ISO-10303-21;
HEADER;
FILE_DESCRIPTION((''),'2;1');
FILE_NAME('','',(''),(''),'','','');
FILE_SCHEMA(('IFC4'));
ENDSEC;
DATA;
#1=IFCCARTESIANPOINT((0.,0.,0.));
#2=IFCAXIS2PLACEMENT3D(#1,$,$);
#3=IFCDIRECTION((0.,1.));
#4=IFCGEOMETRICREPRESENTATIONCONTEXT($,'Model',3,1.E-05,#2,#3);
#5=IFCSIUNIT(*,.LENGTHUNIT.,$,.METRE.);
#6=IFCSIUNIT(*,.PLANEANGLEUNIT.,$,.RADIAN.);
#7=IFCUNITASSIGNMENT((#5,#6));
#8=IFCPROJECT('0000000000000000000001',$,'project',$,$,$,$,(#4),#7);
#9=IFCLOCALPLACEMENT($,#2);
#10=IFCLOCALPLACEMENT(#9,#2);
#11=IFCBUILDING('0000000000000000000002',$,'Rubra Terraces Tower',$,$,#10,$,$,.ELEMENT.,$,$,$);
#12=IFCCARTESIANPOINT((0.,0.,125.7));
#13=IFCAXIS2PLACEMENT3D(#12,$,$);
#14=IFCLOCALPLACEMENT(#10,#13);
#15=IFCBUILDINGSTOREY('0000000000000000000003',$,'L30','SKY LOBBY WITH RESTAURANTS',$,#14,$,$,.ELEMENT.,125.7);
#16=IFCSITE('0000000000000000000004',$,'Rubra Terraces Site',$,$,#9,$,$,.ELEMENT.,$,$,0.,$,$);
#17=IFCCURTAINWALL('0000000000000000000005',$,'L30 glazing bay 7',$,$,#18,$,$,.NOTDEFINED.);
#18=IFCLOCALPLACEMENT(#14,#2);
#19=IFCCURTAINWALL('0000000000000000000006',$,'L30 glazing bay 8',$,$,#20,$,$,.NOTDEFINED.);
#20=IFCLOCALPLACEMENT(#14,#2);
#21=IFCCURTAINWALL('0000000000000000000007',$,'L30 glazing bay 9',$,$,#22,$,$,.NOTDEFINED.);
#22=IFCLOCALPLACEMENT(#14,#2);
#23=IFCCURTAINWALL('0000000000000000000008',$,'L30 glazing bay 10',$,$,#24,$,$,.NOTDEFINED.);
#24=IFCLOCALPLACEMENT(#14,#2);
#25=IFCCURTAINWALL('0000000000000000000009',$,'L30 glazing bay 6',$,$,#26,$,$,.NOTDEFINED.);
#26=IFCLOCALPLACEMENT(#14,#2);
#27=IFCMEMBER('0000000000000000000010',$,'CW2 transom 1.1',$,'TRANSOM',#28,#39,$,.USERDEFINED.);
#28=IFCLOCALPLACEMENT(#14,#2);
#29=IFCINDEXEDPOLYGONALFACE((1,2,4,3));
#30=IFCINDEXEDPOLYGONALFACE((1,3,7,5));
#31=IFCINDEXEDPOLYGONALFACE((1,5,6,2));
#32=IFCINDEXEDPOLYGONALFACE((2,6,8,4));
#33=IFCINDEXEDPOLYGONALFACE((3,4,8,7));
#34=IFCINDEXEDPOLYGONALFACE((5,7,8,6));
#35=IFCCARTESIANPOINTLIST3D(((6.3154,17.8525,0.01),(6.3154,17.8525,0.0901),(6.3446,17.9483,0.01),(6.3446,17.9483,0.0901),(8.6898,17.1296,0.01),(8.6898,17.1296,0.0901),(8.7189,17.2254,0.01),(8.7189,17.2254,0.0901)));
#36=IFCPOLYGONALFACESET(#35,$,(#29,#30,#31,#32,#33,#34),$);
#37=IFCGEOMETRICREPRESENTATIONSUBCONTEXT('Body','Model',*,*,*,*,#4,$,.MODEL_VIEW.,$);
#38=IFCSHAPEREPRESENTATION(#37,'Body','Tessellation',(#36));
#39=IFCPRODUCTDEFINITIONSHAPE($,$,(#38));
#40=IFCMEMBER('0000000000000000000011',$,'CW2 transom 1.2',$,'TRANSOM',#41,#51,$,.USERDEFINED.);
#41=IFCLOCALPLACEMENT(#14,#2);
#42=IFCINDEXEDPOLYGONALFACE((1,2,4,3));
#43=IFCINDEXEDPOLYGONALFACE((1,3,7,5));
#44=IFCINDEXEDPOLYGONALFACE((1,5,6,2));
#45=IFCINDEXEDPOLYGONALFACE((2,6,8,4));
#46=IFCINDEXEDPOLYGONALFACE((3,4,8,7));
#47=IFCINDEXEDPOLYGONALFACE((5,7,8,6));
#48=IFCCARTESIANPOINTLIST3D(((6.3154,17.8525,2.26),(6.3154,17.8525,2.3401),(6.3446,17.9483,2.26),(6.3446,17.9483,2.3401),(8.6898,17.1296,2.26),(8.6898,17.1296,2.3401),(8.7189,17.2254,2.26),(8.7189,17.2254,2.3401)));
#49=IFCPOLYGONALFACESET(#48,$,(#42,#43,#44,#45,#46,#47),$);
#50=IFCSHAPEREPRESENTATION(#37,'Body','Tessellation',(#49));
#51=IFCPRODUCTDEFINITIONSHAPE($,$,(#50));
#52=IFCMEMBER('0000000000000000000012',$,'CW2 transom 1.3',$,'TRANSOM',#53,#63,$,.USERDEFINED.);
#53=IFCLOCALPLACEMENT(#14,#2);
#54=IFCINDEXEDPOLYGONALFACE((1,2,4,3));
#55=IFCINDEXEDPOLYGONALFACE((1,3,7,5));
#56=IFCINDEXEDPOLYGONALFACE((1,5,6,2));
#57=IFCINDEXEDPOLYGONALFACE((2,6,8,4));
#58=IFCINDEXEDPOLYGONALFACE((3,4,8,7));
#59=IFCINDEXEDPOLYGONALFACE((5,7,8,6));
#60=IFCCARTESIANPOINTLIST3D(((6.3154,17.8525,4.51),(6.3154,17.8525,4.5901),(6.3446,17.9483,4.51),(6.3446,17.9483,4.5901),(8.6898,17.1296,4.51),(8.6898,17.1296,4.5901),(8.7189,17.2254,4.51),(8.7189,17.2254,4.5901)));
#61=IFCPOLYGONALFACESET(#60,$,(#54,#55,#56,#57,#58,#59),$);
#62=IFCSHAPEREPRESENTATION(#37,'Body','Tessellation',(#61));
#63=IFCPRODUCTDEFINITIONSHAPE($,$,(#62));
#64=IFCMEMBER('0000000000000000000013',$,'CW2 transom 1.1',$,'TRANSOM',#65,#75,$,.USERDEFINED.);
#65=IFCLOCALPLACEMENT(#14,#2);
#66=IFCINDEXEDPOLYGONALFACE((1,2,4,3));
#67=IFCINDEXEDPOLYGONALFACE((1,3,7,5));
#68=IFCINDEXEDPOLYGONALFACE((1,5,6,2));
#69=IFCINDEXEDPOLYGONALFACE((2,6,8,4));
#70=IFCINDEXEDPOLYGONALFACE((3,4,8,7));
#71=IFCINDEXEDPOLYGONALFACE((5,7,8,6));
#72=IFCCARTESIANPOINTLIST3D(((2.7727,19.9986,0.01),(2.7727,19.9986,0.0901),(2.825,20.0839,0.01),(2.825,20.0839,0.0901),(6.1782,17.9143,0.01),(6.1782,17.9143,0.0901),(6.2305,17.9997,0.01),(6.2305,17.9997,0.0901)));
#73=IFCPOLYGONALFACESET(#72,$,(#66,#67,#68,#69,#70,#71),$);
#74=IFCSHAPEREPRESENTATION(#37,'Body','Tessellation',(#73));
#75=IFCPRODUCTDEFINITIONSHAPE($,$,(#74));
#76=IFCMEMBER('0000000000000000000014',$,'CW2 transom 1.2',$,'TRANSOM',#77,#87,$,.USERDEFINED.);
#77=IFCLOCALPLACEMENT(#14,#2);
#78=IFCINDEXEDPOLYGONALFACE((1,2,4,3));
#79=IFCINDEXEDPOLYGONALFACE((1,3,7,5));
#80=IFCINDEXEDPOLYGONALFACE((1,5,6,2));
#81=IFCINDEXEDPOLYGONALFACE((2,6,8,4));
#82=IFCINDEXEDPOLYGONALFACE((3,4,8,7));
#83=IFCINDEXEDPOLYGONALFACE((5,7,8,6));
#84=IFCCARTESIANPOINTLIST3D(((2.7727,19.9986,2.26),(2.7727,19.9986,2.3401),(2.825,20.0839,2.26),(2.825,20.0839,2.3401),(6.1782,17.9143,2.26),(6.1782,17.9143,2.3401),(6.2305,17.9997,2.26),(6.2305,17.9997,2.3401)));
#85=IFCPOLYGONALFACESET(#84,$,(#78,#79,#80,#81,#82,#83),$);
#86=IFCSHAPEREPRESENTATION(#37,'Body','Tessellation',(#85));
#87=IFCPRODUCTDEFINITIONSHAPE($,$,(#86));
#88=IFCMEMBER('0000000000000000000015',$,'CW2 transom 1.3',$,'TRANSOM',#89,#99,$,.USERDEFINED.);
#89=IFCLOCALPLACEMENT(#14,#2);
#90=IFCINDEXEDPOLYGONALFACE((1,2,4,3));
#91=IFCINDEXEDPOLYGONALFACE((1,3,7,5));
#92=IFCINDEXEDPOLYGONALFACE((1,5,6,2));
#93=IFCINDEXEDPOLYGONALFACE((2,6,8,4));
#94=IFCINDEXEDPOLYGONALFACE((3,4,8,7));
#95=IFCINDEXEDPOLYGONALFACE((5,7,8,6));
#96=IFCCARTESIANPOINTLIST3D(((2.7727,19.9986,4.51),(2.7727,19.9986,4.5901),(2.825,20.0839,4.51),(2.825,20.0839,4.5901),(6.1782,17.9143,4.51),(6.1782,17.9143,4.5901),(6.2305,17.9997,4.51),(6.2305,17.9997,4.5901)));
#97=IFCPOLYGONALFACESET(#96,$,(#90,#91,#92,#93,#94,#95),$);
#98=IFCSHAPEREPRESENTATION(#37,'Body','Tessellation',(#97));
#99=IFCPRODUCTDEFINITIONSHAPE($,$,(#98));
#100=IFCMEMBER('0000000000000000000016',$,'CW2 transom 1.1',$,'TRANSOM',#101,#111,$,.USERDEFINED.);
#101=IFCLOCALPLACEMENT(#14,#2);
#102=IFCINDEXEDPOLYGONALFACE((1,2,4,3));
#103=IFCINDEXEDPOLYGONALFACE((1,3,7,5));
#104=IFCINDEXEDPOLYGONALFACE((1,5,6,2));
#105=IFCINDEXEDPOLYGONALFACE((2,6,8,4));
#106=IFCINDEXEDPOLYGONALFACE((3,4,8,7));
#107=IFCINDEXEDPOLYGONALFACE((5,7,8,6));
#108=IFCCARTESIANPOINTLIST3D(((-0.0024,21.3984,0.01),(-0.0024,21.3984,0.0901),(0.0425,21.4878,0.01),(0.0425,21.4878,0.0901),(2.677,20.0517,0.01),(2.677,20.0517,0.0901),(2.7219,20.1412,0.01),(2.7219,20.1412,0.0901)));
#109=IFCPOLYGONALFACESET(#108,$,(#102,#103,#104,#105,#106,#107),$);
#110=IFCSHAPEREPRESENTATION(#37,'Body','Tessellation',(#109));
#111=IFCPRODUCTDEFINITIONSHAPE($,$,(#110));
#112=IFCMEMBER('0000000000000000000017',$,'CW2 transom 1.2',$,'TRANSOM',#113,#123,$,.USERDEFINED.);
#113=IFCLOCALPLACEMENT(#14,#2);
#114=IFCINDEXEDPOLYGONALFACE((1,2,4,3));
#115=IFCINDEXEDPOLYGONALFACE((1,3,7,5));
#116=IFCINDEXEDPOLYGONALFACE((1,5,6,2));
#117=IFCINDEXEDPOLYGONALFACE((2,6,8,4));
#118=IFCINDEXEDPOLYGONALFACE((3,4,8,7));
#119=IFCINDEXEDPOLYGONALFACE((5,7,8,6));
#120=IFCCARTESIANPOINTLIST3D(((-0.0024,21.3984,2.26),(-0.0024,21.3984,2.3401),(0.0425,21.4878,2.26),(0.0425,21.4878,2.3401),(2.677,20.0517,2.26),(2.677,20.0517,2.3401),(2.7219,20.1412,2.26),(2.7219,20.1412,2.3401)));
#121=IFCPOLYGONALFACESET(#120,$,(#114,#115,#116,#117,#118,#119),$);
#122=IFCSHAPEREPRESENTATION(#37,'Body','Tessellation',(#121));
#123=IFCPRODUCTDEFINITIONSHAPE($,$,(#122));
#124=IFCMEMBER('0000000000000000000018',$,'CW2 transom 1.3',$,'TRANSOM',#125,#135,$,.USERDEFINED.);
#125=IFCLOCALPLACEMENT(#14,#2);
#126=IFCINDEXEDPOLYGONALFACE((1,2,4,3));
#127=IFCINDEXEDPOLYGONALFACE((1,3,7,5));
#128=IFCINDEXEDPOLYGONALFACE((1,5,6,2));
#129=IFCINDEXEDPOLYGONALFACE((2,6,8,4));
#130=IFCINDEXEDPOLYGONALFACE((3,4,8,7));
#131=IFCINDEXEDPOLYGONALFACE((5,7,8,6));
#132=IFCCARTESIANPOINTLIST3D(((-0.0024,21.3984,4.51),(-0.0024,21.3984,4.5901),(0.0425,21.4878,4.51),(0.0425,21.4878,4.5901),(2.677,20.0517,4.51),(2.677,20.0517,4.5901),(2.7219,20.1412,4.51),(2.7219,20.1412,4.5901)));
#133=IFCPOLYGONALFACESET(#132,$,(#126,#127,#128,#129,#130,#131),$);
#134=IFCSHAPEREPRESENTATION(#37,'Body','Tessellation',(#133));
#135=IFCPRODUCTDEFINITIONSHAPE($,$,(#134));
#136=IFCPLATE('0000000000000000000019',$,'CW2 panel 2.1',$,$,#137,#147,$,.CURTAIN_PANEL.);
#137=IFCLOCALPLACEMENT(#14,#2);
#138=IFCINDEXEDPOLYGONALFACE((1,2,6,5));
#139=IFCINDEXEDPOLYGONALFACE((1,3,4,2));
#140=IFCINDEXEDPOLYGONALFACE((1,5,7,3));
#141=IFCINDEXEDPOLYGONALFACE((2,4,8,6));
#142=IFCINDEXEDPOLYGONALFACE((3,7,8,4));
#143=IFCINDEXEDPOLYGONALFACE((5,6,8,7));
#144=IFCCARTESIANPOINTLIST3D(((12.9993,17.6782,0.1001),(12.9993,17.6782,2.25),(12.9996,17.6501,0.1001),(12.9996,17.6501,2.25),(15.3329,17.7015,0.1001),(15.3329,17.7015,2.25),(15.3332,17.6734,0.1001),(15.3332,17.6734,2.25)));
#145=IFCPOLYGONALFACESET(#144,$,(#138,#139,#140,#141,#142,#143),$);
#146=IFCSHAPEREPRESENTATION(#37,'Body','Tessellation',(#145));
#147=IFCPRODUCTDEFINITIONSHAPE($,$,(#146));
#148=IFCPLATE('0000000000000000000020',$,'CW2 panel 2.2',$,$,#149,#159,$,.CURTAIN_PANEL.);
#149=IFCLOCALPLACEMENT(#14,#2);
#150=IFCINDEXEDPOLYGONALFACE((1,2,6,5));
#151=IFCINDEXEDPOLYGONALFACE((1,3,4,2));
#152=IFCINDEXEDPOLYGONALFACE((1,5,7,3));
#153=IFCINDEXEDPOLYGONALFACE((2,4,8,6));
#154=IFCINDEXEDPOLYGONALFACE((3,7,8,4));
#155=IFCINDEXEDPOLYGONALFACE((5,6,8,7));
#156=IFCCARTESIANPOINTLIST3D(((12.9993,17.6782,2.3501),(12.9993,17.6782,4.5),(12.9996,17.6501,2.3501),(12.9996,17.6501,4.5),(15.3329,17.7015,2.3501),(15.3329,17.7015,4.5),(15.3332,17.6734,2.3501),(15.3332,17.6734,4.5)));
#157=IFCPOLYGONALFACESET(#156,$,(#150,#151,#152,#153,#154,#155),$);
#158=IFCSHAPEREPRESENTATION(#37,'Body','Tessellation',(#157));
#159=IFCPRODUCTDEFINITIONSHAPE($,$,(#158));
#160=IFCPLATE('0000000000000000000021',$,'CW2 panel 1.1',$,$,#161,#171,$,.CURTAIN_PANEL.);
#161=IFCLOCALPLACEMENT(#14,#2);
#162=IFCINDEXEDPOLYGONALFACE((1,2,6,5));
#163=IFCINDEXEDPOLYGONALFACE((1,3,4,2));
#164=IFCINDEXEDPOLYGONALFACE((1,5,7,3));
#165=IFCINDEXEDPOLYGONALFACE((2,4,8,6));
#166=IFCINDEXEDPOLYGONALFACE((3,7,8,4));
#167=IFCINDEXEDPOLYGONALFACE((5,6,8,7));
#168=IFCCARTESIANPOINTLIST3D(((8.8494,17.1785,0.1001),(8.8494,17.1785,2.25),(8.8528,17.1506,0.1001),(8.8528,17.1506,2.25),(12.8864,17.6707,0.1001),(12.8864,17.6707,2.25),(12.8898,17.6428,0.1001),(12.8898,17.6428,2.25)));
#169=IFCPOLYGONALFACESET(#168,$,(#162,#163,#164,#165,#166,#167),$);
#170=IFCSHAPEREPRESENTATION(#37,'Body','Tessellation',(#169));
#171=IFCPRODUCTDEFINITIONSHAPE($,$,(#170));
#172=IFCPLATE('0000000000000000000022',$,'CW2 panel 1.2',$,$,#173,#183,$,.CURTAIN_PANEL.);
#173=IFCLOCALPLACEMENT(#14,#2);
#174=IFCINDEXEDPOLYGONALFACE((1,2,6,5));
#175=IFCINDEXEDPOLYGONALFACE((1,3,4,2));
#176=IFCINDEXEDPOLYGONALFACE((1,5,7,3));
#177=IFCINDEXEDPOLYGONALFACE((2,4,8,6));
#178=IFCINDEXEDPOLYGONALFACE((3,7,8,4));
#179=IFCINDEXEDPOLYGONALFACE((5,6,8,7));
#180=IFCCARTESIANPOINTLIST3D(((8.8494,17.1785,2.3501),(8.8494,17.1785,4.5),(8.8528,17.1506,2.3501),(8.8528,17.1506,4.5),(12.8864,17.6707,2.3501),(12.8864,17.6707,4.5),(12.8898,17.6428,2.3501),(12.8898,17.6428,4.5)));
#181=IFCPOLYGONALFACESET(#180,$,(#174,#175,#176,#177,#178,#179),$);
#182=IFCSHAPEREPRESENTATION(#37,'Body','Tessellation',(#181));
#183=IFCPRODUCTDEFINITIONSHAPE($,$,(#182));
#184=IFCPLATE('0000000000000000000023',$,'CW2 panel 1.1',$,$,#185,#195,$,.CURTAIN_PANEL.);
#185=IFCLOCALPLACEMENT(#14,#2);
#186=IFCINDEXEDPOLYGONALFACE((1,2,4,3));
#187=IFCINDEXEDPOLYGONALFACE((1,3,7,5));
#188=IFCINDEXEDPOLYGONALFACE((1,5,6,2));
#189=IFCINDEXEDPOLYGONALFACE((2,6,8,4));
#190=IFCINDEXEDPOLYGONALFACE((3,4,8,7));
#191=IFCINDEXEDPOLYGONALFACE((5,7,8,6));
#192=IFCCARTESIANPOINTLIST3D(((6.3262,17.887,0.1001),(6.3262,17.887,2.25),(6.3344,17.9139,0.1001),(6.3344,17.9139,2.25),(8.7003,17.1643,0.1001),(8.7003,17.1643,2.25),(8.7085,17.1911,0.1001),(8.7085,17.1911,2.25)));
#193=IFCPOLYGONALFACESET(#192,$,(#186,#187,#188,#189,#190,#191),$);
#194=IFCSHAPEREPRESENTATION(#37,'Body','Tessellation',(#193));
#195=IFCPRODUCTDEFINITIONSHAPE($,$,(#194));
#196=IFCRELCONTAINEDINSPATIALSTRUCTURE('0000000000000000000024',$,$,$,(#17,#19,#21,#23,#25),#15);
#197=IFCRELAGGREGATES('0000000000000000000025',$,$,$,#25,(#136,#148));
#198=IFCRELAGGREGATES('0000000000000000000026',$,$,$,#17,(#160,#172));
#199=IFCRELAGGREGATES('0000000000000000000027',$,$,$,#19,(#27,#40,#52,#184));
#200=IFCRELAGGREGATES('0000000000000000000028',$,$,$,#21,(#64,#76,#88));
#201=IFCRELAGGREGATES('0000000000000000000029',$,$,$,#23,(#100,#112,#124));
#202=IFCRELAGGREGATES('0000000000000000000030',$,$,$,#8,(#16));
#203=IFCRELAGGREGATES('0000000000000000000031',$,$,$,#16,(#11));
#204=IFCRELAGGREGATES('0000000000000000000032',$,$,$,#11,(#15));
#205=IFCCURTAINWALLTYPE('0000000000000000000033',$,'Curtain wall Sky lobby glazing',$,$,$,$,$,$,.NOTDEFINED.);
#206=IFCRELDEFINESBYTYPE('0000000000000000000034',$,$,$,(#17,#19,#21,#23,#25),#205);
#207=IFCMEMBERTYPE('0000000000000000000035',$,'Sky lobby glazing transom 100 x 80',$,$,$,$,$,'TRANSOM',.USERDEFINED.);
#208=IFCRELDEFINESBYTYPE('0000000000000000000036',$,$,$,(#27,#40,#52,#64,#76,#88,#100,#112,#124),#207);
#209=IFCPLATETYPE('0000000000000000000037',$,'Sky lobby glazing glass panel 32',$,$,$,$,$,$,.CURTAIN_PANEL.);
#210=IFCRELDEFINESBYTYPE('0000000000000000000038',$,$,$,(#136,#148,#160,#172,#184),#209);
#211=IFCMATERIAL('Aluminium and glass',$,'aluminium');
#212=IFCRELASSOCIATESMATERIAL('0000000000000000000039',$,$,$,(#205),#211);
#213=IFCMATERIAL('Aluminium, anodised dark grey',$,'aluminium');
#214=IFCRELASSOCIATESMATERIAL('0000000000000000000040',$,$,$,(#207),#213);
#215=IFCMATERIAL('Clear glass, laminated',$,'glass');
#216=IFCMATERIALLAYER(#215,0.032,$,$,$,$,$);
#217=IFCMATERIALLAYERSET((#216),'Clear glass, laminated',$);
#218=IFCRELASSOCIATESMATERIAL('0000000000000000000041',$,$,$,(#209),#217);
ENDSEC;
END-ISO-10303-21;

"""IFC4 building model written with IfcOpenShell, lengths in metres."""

from ifc_helpers import new_model, si_unit, direction, frame, origin, origin_2d, place, context, subcontext, project, spatial, rectangle, extrude, material, layer, layer_set, material_profile, profile_set, type_object, element, aggregate, save


model = new_model("IFC4")

# Units and contexts
model_context = context("Model", 3, precision=1e-05, world=origin(), true_north=direction((0.0, 1.0)))
body_context = subcontext(model_context, "Body", "Model", "MODEL_VIEW")
ifc_project = project(units=[si_unit("LENGTHUNIT", "METRE"), si_unit("PLANEANGLEUNIT", "RADIAN")], contexts=[model_context])

# Site, building, storey
site_placement = place(None, origin())
site = spatial("IfcSite", under=ifc_project, at=site_placement, Name="Rubra Terraces Site", CompositionType="ELEMENT", RefElevation=0.0)
building_placement = place(site_placement, origin())
building = spatial("IfcBuilding", under=site, at=building_placement, Name="Rubra Terraces Tower", CompositionType="ELEMENT")
storey_placement = place(building_placement, frame((0.0, 0.0, 125.7)))
storey = spatial("IfcBuildingStorey", under=building, at=storey_placement, Name="L30", Description="SKY LOBBY WITH RESTAURANTS", CompositionType="ELEMENT", Elevation=125.7)

# Curtain walls
ifc_material_1 = material(Name="Aluminium and glass", Category="aluminium")
curtain_wall_type = type_object("IfcCurtainWallType", Name="Curtain wall Sky lobby glazing", PredefinedType="NOTDEFINED", material=ifc_material_1)
curtain_wall_1_placement = place(storey_placement, origin())
curtain_wall_1 = element("IfcCurtainWall", 1, at=curtain_wall_1_placement, inside=storey, type_object=curtain_wall_type, Name="L30 glazing bay 7", PredefinedType="NOTDEFINED")
ifc_material_2 = material(Name="Aluminium, anodised dark grey", Category="aluminium")
curtain_wall_2_placement = place(storey_placement, origin())
curtain_wall_2 = element("IfcCurtainWall", 2, at=curtain_wall_2_placement, inside=storey, type_object=curtain_wall_type, Name="L30 glazing bay 8", PredefinedType="NOTDEFINED")
curtain_wall_3_placement = place(storey_placement, origin())
curtain_wall_3 = element("IfcCurtainWall", 3, at=curtain_wall_3_placement, inside=storey, type_object=curtain_wall_type, Name="L30 glazing bay 9", PredefinedType="NOTDEFINED")
curtain_wall_4_placement = place(storey_placement, origin())
curtain_wall_4 = element("IfcCurtainWall", 4, at=curtain_wall_4_placement, inside=storey, type_object=curtain_wall_type, Name="L30 glazing bay 10", PredefinedType="NOTDEFINED")

# Curtain wall
curtain_wall_5_placement = place(storey_placement, origin())
curtain_wall_5 = element("IfcCurtainWall", 5, at=curtain_wall_5_placement, inside=storey, type_object=curtain_wall_type, Name="L30 glazing bay 6", PredefinedType="NOTDEFINED")
ifc_material_profile_1 = material_profile(ifc_material_2, rectangle(XDim=0.1001, YDim=0.0801, at=origin_2d()), Name="AL 100x80")
ifc_profile_set_1 = profile_set([ifc_material_profile_1], Name="Aluminium, anodised dark grey")
member_type_1 = type_object("IfcMemberType", Name="Sky lobby glazing transom 100 x 80", ElementType="TRANSOM", PredefinedType="USERDEFINED", material=ifc_profile_set_1)

# Members
member_1_placement = place(storey_placement, frame((8.7043, 17.1775, 0.05), z_axis=(-0.956641, 0.291271, 0.0), x_axis=(-0.291271, -0.956641, 0.0)))
member_1 = element("IfcMember", 6, at=member_1_placement, type_object=member_type_1, Name="CW2 transom 1.1", ObjectType="TRANSOM", PredefinedType="USERDEFINED", context=body_context, shape_type="SweptSolid", body=[
    extrude(rectangle(XDim=0.1001, YDim=0.0801, at=origin_2d()), origin(), (0.0, 0.0, 1.0), 2.4819),
])
member_2_placement = place(storey_placement, frame((8.7043, 17.1775, 2.3), z_axis=(-0.956641, 0.291271, 0.0), x_axis=(-0.291271, -0.956641, 0.0)))
member_2 = element("IfcMember", 7, at=member_2_placement, type_object=member_type_1, Name="CW2 transom 1.2", ObjectType="TRANSOM", PredefinedType="USERDEFINED", context=body_context, shape_type="SweptSolid", body=[
    extrude(rectangle(XDim=0.1001, YDim=0.0801, at=origin_2d()), origin(), (0.0, 0.0, 1.0), 2.4819),
])
member_3_placement = place(storey_placement, frame((8.7043, 17.1775, 4.55), z_axis=(-0.956641, 0.291271, 0.0), x_axis=(-0.291271, -0.956641, 0.0)))
member_3 = element("IfcMember", 8, at=member_3_placement, type_object=member_type_1, Name="CW2 transom 1.3", ObjectType="TRANSOM", PredefinedType="USERDEFINED", context=body_context, shape_type="SweptSolid", body=[
    extrude(rectangle(XDim=0.1001, YDim=0.0801, at=origin_2d()), origin(), (0.0, 0.0, 1.0), 2.4819),
])
member_4_placement = place(storey_placement, frame((6.2043, 17.957, 0.05), z_axis=(-0.852939, 0.522011, 0.0), x_axis=(-0.522011, -0.852939, 0.0)))
member_4 = element("IfcMember", 9, at=member_4_placement, type_object=member_type_1, Name="CW2 transom 1.1", ObjectType="TRANSOM", PredefinedType="USERDEFINED", context=body_context, shape_type="SweptSolid", body=[
    extrude(rectangle(XDim=0.1001, YDim=0.0801, at=origin_2d()), origin(), (0.0, 0.0, 1.0), 3.9927),
])
member_5_placement = place(storey_placement, frame((6.2043, 17.957, 2.3), z_axis=(-0.852939, 0.522011, 0.0), x_axis=(-0.522011, -0.852939, 0.0)))
member_5 = element("IfcMember", 10, at=member_5_placement, type_object=member_type_1, Name="CW2 transom 1.2", ObjectType="TRANSOM", PredefinedType="USERDEFINED", context=body_context, shape_type="SweptSolid", body=[
    extrude(rectangle(XDim=0.1001, YDim=0.0801, at=origin_2d()), origin(), (0.0, 0.0, 1.0), 3.9927),
])
member_6_placement = place(storey_placement, frame((6.2043, 17.957, 4.55), z_axis=(-0.852939, 0.522011, 0.0), x_axis=(-0.522011, -0.852939, 0.0)))
member_6 = element("IfcMember", 11, at=member_6_placement, type_object=member_type_1, Name="CW2 transom 1.3", ObjectType="TRANSOM", PredefinedType="USERDEFINED", context=body_context, shape_type="SweptSolid", body=[
    extrude(rectangle(XDim=0.1001, YDim=0.0801, at=origin_2d()), origin(), (0.0, 0.0, 1.0), 3.9927),
])
member_7_placement = place(storey_placement, frame((2.6995, 20.0964, 0.05), z_axis=(-0.893497, 0.449069, 0.0), x_axis=(-0.449069, -0.893497, 0.0)))
member_7 = element("IfcMember", 12, at=member_7_placement, type_object=member_type_1, Name="CW2 transom 1.1", ObjectType="TRANSOM", PredefinedType="USERDEFINED", context=body_context, shape_type="SweptSolid", body=[
    extrude(rectangle(XDim=0.1001, YDim=0.0801, at=origin_2d()), origin(), (0.0, 0.0, 1.0), 2.9988),
])
member_8_placement = place(storey_placement, frame((2.6995, 20.0964, 2.3), z_axis=(-0.893497, 0.449069, 0.0), x_axis=(-0.449069, -0.893497, 0.0)))
member_8 = element("IfcMember", 13, at=member_8_placement, type_object=member_type_1, Name="CW2 transom 1.2", ObjectType="TRANSOM", PredefinedType="USERDEFINED", context=body_context, shape_type="SweptSolid", body=[
    extrude(rectangle(XDim=0.1001, YDim=0.0801, at=origin_2d()), origin(), (0.0, 0.0, 1.0), 2.9988),
])
member_9_placement = place(storey_placement, frame((2.6995, 20.0964, 4.55), z_axis=(-0.893497, 0.449069, 0.0), x_axis=(-0.449069, -0.893497, 0.0)))
member_9 = element("IfcMember", 14, at=member_9_placement, type_object=member_type_1, Name="CW2 transom 1.3", ObjectType="TRANSOM", PredefinedType="USERDEFINED", context=body_context, shape_type="SweptSolid", body=[
    extrude(rectangle(XDim=0.1001, YDim=0.0801, at=origin_2d()), origin(), (0.0, 0.0, 1.0), 2.9988),
])

# Plates
ifc_material_3 = material(Name="Clear glass, laminated", Category="glass")
ifc_layer_1 = layer(ifc_material_3, 0.032)
ifc_layer_set_1 = layer_set([ifc_layer_1], Name="Clear glass, laminated")
plate_type = type_object("IfcPlateType", Name="Sky lobby glazing glass panel 32", PredefinedType="CURTAIN_PANEL", material=ifc_layer_set_1)
plate_1_placement = place(storey_placement, frame((14.1663, 17.6758, 0.1001), z_axis=(0.0, 0.0, 1.0), x_axis=(-0.99995, -0.009984, 0.0)))
plate_1 = element("IfcPlate", 15, at=plate_1_placement, type_object=plate_type, Name="CW2 panel 2.1", PredefinedType="CURTAIN_PANEL", context=body_context, shape_type="SweptSolid", body=[
    extrude(rectangle(XDim=2.3337, YDim=0.0281, at=origin_2d()), origin(), (0.0, 0.0, 1.0), 2.1499),
])
plate_2_placement = place(storey_placement, frame((14.1663, 17.6758, 2.3501), z_axis=(0.0, 0.0, 1.0), x_axis=(-0.99995, -0.009984, 0.0)))
plate_2 = element("IfcPlate", 16, at=plate_2_placement, type_object=plate_type, Name="CW2 panel 2.2", PredefinedType="CURTAIN_PANEL", context=body_context, shape_type="SweptSolid", body=[
    extrude(rectangle(XDim=2.3337, YDim=0.0281, at=origin_2d()), origin(), (0.0, 0.0, 1.0), 2.1499),
])
aggregate(curtain_wall_5, [plate_1, plate_2])
plate_3_placement = place(storey_placement, frame((10.8696, 17.4106, 0.1001), z_axis=(0.0, 0.0, 1.0), x_axis=(-0.99265, -0.121024, 0.0)))
plate_3 = element("IfcPlate", 17, at=plate_3_placement, type_object=plate_type, Name="CW2 panel 1.1", PredefinedType="CURTAIN_PANEL", context=body_context, shape_type="SweptSolid", body=[
    extrude(rectangle(XDim=4.0669, YDim=0.0281, at=origin_2d()), origin(), (0.0, 0.0, 1.0), 2.1499),
])
plate_4_placement = place(storey_placement, frame((10.8696, 17.4106, 2.3501), z_axis=(0.0, 0.0, 1.0), x_axis=(-0.99265, -0.121024, 0.0)))
plate_4 = element("IfcPlate", 18, at=plate_4_placement, type_object=plate_type, Name="CW2 panel 1.2", PredefinedType="CURTAIN_PANEL", context=body_context, shape_type="SweptSolid", body=[
    extrude(rectangle(XDim=4.0669, YDim=0.0281, at=origin_2d()), origin(), (0.0, 0.0, 1.0), 2.1499),
])
aggregate(curtain_wall_1, [plate_3, plate_4])
plate_5_placement = place(storey_placement, frame((7.5173, 17.5391, 0.1001), z_axis=(0.0, 0.0, 1.0), x_axis=(-0.956655, 0.291224, 0.0)))
plate_5 = element("IfcPlate", 19, at=plate_5_placement, type_object=plate_type, Name="CW2 panel 1.1", PredefinedType="CURTAIN_PANEL", context=body_context, shape_type="SweptSolid", body=[
    extrude(rectangle(XDim=2.4817, YDim=0.0281, at=origin_2d()), origin(), (0.0, 0.0, 1.0), 2.1499),
])
aggregate(curtain_wall_2, [member_1, member_2, member_3, plate_5])
aggregate(curtain_wall_3, [member_4, member_5, member_6])
aggregate(curtain_wall_4, [member_7, member_8, member_9])

save(model, "model.ifc")
